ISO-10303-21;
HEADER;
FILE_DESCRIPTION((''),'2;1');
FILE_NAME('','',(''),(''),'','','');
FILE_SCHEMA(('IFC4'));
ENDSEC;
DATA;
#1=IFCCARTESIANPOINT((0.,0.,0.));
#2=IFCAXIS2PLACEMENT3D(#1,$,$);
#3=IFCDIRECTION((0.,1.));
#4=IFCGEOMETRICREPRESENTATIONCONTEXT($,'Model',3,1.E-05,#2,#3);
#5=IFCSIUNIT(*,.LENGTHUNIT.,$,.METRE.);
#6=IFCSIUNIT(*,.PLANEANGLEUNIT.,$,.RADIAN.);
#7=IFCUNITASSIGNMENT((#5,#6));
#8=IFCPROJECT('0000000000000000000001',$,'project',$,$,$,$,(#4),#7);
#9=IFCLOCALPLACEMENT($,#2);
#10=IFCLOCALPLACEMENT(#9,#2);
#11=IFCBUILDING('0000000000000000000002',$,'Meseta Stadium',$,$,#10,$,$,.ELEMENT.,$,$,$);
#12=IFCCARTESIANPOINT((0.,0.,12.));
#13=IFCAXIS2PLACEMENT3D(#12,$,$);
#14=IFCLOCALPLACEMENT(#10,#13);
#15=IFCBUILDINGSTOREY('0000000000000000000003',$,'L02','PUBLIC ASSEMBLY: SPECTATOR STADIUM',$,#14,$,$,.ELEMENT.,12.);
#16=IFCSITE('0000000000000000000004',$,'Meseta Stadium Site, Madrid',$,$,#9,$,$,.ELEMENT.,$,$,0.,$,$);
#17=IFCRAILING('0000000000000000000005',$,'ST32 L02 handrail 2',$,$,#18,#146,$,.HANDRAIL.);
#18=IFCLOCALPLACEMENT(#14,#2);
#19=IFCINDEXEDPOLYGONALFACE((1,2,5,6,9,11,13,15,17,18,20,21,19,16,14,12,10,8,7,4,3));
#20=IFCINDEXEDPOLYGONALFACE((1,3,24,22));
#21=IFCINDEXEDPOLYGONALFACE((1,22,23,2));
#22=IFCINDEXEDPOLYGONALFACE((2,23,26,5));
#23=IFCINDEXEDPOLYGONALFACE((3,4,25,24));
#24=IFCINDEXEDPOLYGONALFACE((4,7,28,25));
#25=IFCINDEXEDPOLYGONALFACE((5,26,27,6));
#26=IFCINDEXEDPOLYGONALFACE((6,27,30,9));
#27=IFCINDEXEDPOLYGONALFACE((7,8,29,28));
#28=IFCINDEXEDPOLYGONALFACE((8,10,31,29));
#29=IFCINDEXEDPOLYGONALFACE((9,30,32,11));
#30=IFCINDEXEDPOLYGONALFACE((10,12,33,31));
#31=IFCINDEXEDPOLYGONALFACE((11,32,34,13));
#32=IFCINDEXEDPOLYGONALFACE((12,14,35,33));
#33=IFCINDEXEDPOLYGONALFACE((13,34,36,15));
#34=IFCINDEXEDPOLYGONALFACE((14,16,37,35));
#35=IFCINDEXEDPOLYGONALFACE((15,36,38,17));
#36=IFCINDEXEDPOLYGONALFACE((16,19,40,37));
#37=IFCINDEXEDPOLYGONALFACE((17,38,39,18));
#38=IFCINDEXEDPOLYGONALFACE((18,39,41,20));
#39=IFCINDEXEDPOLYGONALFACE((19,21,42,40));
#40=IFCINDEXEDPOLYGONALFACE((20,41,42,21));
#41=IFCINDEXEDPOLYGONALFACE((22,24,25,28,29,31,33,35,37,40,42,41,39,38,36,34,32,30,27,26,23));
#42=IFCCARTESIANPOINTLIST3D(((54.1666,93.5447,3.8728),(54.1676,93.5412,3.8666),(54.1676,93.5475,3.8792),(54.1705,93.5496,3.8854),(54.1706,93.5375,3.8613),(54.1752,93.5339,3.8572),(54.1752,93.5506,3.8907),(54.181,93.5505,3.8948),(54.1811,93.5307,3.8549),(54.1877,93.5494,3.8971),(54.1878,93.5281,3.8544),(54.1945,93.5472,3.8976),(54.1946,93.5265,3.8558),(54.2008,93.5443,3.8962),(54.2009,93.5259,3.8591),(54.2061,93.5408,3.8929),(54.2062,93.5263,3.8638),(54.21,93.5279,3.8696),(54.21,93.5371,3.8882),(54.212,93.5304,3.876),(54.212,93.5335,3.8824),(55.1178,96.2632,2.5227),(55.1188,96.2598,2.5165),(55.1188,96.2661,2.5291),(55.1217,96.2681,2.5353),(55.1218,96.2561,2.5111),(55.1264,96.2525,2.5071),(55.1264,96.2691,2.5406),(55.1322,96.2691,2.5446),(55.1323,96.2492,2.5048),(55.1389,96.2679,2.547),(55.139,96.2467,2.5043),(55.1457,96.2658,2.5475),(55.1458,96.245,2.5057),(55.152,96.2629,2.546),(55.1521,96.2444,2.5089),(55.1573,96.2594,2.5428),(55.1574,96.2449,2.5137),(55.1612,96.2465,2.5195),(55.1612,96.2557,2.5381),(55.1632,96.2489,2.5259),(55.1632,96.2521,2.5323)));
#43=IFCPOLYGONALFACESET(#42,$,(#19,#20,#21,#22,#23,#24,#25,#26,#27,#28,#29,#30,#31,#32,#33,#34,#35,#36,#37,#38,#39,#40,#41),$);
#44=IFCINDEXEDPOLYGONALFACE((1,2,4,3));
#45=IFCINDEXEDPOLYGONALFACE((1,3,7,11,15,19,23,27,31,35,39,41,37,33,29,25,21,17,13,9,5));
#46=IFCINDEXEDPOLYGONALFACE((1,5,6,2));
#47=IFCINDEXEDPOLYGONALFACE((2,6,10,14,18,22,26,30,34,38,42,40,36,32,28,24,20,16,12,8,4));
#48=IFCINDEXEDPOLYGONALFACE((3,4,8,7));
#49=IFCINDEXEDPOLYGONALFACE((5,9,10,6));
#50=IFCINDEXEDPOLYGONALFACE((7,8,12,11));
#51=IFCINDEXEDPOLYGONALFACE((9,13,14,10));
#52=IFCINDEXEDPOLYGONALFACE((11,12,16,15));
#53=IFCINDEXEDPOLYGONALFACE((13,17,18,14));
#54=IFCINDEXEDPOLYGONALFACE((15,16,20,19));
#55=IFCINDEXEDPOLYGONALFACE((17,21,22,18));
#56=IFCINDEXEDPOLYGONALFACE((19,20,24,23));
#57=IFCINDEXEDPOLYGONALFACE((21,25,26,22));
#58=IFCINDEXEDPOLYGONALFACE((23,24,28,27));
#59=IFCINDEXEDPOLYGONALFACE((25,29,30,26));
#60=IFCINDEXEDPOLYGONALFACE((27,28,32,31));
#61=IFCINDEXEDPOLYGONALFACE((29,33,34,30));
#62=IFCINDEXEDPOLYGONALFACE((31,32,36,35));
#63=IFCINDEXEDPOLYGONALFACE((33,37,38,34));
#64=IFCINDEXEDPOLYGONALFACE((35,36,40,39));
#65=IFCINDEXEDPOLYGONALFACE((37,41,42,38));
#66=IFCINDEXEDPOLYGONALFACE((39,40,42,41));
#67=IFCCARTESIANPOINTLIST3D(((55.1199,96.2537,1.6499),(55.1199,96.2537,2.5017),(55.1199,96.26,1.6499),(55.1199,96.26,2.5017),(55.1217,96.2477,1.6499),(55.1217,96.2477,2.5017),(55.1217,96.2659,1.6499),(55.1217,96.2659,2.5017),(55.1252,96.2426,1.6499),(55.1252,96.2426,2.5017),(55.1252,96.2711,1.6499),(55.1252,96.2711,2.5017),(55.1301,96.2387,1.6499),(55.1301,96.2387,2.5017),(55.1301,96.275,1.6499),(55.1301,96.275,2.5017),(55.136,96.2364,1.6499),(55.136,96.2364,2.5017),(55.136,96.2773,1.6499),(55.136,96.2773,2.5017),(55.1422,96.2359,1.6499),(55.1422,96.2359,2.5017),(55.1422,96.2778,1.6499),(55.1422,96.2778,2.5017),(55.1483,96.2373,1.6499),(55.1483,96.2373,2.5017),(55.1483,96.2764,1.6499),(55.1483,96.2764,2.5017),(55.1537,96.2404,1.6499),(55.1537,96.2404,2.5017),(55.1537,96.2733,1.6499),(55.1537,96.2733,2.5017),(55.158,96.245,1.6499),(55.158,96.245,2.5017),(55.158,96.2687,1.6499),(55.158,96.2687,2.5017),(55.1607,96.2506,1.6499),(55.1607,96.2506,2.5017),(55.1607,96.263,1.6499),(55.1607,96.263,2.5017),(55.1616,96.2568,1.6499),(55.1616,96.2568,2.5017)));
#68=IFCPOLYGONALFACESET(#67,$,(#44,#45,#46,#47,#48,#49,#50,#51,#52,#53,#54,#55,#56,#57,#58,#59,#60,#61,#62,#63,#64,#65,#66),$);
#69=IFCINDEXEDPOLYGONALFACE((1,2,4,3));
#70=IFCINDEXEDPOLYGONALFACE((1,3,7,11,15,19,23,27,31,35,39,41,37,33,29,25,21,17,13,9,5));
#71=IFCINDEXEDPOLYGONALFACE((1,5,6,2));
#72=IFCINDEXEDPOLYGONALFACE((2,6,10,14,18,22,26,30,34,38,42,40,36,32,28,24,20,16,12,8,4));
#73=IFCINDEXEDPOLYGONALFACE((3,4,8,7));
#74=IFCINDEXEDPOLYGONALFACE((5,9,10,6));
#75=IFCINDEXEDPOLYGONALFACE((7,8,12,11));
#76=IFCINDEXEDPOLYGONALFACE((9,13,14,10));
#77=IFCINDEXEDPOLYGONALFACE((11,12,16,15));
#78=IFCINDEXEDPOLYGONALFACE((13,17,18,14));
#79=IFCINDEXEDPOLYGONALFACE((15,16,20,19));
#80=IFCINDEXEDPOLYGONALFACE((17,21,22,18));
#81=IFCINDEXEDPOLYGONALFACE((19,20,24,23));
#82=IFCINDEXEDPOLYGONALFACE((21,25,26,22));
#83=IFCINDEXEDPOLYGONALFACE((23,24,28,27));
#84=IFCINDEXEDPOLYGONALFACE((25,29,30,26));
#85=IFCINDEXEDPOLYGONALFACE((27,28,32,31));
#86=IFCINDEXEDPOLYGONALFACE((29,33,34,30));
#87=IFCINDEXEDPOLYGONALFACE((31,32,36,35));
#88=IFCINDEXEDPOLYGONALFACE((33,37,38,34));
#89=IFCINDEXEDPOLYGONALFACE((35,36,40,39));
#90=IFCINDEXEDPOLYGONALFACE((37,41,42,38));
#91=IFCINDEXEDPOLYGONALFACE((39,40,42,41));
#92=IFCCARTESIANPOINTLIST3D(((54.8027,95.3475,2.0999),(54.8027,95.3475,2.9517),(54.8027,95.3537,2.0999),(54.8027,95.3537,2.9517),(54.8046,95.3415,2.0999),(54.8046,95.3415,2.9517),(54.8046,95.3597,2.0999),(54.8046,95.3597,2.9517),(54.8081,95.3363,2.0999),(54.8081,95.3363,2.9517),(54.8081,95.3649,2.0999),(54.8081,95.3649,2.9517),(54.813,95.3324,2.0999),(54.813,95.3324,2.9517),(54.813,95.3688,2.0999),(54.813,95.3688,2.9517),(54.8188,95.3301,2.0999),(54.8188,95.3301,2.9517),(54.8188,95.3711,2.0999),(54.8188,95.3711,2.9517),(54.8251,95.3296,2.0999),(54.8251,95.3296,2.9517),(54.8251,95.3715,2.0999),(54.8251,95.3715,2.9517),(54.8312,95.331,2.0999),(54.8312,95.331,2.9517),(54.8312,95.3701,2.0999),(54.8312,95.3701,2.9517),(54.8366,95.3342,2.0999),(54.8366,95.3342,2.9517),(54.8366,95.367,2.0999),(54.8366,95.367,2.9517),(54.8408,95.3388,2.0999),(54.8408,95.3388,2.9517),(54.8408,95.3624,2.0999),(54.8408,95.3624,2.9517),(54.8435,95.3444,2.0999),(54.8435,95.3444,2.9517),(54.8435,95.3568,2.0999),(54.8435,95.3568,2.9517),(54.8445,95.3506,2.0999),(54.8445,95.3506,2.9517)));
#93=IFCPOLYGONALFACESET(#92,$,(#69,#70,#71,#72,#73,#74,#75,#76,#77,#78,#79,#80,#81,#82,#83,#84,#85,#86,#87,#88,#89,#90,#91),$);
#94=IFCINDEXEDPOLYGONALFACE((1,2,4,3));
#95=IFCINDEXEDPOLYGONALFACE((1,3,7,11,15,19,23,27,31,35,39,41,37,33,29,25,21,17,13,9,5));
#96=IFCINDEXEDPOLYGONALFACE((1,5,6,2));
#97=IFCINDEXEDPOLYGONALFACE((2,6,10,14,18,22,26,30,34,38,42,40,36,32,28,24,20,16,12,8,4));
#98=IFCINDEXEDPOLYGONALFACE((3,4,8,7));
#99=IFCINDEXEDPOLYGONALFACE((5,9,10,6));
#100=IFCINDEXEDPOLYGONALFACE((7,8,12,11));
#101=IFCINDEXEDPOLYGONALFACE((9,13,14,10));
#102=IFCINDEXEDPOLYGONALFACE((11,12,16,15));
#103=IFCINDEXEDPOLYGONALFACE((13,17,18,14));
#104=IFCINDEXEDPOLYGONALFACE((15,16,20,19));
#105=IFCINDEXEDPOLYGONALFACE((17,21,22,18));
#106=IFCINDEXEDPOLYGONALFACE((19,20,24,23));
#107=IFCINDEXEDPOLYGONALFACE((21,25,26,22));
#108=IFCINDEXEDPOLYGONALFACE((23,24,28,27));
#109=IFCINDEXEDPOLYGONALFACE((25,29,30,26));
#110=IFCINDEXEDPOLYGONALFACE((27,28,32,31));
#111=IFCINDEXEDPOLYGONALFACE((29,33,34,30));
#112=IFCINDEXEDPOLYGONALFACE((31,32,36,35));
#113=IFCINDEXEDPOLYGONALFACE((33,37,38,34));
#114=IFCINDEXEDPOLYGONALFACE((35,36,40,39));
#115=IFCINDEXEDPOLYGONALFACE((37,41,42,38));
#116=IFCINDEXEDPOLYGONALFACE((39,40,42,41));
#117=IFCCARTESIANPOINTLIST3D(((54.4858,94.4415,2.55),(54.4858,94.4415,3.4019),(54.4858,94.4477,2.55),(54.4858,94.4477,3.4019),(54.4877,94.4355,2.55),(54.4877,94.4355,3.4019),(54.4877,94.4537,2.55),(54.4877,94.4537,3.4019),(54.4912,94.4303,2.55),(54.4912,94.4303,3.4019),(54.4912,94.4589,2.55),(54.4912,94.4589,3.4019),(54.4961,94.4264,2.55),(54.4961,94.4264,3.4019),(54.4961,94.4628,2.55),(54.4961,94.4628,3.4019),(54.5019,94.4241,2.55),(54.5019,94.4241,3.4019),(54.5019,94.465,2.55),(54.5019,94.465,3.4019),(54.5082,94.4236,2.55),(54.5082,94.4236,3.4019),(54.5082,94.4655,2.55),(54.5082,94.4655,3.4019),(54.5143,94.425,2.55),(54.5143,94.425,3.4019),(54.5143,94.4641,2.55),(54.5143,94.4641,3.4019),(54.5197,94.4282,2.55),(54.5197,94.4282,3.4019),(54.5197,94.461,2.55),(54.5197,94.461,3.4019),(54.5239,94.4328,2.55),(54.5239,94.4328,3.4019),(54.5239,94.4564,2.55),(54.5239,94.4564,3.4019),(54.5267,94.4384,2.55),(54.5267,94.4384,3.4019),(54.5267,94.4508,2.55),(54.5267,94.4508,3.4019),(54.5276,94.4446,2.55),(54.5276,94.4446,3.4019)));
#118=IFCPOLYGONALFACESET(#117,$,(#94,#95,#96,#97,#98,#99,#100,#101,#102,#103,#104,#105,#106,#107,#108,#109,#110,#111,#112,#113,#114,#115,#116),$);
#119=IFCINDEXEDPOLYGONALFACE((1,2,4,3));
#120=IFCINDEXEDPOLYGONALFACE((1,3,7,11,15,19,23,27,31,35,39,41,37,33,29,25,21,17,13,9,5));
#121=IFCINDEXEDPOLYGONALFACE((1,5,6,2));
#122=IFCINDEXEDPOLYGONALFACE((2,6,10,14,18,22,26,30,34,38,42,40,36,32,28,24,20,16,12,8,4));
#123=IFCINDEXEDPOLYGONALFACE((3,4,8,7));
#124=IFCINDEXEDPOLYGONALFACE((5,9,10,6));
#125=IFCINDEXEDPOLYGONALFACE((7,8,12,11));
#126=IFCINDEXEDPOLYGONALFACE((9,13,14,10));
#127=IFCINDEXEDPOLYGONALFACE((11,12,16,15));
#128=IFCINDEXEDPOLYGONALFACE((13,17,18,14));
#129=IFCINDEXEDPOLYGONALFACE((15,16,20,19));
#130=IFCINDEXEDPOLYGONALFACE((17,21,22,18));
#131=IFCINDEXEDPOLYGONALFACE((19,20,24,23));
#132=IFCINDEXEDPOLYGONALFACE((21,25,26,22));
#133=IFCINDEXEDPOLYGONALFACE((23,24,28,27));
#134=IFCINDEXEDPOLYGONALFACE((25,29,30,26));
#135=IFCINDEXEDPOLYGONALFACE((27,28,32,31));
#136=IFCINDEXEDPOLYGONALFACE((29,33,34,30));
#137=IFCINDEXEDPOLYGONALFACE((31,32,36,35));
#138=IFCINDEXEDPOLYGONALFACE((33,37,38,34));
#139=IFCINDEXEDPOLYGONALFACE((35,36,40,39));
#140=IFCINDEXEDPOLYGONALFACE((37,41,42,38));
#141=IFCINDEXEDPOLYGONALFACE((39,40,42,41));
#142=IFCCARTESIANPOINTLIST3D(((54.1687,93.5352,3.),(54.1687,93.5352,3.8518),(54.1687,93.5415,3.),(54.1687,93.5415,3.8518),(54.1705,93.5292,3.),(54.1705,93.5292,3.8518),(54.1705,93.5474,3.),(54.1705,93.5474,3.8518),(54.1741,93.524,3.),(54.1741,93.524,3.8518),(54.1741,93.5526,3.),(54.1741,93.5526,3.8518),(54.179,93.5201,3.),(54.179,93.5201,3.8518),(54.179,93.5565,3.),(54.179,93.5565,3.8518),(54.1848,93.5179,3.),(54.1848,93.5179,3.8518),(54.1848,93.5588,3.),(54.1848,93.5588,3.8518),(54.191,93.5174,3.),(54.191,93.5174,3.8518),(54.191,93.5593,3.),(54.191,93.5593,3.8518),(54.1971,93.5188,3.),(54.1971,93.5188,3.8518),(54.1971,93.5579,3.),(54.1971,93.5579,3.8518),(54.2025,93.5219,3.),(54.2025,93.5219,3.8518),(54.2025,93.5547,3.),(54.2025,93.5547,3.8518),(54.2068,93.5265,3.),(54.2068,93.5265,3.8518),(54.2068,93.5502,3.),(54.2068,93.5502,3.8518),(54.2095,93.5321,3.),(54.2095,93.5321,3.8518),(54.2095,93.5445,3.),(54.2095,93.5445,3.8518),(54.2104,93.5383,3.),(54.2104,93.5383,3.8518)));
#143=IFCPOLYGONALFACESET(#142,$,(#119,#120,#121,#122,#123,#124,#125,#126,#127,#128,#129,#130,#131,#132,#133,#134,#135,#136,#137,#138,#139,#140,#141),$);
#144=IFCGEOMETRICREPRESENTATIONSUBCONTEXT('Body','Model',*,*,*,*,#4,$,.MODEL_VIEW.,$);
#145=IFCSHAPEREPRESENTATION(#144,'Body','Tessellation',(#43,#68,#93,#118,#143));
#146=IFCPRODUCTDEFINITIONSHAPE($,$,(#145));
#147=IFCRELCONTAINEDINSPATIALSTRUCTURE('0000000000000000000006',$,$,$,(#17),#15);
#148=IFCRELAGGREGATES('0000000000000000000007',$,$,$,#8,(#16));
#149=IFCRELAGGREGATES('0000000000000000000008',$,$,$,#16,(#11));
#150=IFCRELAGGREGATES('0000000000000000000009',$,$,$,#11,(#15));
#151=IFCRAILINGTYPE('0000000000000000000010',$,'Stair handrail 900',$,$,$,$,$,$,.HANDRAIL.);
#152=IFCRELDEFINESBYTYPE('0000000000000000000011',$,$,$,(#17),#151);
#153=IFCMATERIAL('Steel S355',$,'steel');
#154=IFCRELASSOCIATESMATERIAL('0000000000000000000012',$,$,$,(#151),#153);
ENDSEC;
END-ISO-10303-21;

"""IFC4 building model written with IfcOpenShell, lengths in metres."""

from ifc_helpers import new_model, si_unit, direction, frame, origin, origin_2d, place, context, subcontext, project, spatial, circle, extrude, material, type_object, element, save


model = new_model("IFC4")

# Units and contexts
model_context = context("Model", 3, precision=1e-05, world=origin(), true_north=direction((0.0, 1.0)))
body_context = subcontext(model_context, "Body", "Model", "MODEL_VIEW")
ifc_project = project(units=[si_unit("LENGTHUNIT", "METRE"), si_unit("PLANEANGLEUNIT", "RADIAN")], contexts=[model_context])

# Site, building, storey
site_placement = place(None, origin())
site = spatial("IfcSite", under=ifc_project, at=site_placement, Name="Meseta Stadium Site, Madrid", CompositionType="ELEMENT", RefElevation=0.0)
building_placement = place(site_placement, origin())
building = spatial("IfcBuilding", under=site, at=building_placement, Name="Meseta Stadium", CompositionType="ELEMENT")
storey_placement = place(building_placement, frame((0.0, 0.0, 12.0)))
storey = spatial("IfcBuildingStorey", under=building, at=storey_placement, Name="L02", Description="PUBLIC ASSEMBLY: SPECTATOR STADIUM", CompositionType="ELEMENT", Elevation=12.0)

# Railing
ifc_material_1 = material(Name="Steel S355", Category="steel")
railing_type_1 = type_object("IfcRailingType", Name="Stair handrail 900", PredefinedType="HANDRAIL", material=ifc_material_1)
for number, where, name in (
    (1, (55.1406, 96.2568, 1.6499), "ST32 L02 handrail 2"),
):
    element("IfcRailing", number, at=place(storey_placement, frame(where)), inside=storey, type_object=railing_type_1, Name=name, PredefinedType="HANDRAIL", context=body_context, shape_type="SweptSolid", body=[
        extrude(circle(Radius=0.0239, at=origin_2d()), frame((0.0, 0.0, 0.876), z_axis=(-0.299031, -0.854649, 0.424446), x_axis=(0.943891, -0.330256, 0.0)), (0.0, 0.0, 1.0), 3.1809),
        extrude(circle(Radius=0.021, at=origin_2d()), origin(), (0.0, 0.0, 1.0), 0.8518),
        extrude(circle(Radius=0.021, at=origin_2d()), frame((-0.3171, -0.9062, 0.45)), (0.0, 0.0, 1.0), 0.8518),
        extrude(circle(Radius=0.021, at=origin_2d()), frame((-0.634, -1.8123, 0.9001)), (0.0, 0.0, 1.0), 0.8518),
        extrude(circle(Radius=0.021, at=origin_2d()), frame((-0.9512, -2.7185, 1.3501)), (0.0, 0.0, 1.0), 0.8518),
    ])

save(model, "model.ifc")
